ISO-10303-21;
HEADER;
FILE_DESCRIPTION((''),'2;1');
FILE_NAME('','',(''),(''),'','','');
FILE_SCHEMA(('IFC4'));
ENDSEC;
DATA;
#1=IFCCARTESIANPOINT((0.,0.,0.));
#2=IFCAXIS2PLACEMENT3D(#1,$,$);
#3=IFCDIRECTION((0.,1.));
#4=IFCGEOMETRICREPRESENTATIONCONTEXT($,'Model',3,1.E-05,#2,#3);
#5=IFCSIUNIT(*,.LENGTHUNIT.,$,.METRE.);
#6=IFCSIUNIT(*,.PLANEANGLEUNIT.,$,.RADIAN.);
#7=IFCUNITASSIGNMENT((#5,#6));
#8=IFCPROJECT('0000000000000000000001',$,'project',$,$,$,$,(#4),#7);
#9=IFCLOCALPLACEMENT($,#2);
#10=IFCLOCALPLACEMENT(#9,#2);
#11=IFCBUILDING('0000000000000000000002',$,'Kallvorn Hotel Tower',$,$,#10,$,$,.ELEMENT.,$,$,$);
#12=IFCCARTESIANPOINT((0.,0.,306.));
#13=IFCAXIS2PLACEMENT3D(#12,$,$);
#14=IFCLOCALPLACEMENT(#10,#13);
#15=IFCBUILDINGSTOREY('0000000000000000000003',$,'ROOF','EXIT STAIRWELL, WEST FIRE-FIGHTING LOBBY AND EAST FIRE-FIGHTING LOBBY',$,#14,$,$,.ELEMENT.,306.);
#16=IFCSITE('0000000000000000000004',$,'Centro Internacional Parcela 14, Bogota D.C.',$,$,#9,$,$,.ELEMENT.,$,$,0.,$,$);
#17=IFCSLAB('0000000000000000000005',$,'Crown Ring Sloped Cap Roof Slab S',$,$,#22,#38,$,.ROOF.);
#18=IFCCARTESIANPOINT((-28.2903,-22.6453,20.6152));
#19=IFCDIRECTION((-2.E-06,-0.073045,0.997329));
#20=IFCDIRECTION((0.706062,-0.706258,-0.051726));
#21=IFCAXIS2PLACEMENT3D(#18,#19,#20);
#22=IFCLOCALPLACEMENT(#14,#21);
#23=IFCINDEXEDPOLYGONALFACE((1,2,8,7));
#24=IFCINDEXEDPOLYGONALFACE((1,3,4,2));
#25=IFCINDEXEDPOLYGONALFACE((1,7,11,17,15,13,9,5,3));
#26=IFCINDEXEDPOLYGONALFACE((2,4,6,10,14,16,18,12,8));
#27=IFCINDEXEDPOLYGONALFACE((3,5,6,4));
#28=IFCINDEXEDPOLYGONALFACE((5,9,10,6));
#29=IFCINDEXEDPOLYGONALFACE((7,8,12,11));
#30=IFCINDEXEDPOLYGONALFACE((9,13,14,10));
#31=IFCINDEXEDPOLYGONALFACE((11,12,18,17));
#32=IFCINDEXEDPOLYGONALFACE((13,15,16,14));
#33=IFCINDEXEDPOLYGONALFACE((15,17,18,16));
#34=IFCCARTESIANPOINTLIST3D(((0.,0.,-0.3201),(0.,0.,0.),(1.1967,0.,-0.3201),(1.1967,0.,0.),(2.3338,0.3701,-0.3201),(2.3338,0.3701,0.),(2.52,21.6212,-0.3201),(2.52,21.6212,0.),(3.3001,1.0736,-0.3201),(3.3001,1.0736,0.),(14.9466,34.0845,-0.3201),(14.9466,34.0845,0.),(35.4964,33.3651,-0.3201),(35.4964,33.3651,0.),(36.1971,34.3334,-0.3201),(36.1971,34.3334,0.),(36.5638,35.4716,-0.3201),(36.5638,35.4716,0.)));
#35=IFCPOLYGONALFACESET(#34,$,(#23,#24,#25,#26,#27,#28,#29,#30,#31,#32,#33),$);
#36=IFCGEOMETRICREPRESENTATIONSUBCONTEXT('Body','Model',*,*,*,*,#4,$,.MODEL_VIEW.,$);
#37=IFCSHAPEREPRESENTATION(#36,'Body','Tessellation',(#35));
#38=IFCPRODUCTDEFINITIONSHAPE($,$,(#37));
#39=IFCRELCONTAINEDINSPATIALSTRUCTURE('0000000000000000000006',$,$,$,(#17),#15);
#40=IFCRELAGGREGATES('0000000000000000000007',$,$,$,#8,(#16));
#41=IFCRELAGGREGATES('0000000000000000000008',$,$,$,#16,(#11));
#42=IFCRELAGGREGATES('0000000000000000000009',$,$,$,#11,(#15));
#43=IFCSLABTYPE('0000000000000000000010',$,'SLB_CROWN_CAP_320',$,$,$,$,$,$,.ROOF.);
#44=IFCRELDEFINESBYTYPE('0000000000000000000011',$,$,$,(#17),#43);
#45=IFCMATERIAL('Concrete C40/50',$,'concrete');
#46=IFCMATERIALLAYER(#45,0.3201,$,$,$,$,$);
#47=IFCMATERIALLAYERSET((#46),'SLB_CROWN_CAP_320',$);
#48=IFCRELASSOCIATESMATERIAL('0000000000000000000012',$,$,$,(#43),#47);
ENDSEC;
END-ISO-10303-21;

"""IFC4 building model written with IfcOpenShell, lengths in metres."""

from ifc_helpers import new_model, si_unit, direction, frame, origin, place, context, subcontext, project, spatial, polyline, outline, extrude, material, layer, layer_set, type_object, element, save


model = new_model("IFC4")

# Units and contexts
model_context = context("Model", 3, precision=1e-05, world=origin(), true_north=direction((0.0, 1.0)))
body_context = subcontext(model_context, "Body", "Model", "MODEL_VIEW")
ifc_project = project(units=[si_unit("LENGTHUNIT", "METRE"), si_unit("PLANEANGLEUNIT", "RADIAN")], contexts=[model_context])

# Site, building, storey
site_placement = place(None, origin())
site = spatial("IfcSite", under=ifc_project, at=site_placement, Name="Centro Internacional Parcela 14, Bogota D.C.", CompositionType="ELEMENT", RefElevation=0.0)
building_placement = place(site_placement, origin())
building = spatial("IfcBuilding", under=site, at=building_placement, Name="Kallvorn Hotel Tower", CompositionType="ELEMENT")
storey_placement = place(building_placement, frame((0.0, 0.0, 306.0)))
storey = spatial("IfcBuildingStorey", under=building, at=storey_placement, Name="ROOF", Description="EXIT STAIRWELL, WEST FIRE-FIGHTING LOBBY AND EAST FIRE-FIGHTING LOBBY", CompositionType="ELEMENT", Elevation=306.0)

# Slab
ifc_material_1 = material(Name="Concrete C40/50", Category="concrete")
ifc_layer_1 = layer(ifc_material_1, 0.3201)
ifc_layer_set_1 = layer_set([ifc_layer_1], Name="SLB_CROWN_CAP_320")
slab_type = type_object("IfcSlabType", Name="SLB_CROWN_CAP_320", PredefinedType="ROOF", material=ifc_layer_set_1)
slab_placement = place(storey_placement, frame((-28.2903, -22.6453, 20.6152), z_axis=(-0.000002, -0.073045, 0.997329), x_axis=(0.706062, -0.706258, -0.051726)))
element("IfcSlab", 1, at=slab_placement, inside=storey, type_object=slab_type, Name="Crown Ring Sloped Cap Roof Slab S", PredefinedType="ROOF", context=body_context, shape_type="SweptSolid", body=[
    extrude(outline(polyline([(0.0, 0.0), (1.1967, 0.0), (2.3338, 0.3701), (3.3001, 1.0736), (35.4964, 33.3651), (36.1971, 34.3334), (36.5638, 35.4716), (14.9466, 34.0845), (2.52, 21.6212), (0.0, 0.0)])), origin(), (0.0, 0.0, -1.0), 0.3201),
])

save(model, "model.ifc")
